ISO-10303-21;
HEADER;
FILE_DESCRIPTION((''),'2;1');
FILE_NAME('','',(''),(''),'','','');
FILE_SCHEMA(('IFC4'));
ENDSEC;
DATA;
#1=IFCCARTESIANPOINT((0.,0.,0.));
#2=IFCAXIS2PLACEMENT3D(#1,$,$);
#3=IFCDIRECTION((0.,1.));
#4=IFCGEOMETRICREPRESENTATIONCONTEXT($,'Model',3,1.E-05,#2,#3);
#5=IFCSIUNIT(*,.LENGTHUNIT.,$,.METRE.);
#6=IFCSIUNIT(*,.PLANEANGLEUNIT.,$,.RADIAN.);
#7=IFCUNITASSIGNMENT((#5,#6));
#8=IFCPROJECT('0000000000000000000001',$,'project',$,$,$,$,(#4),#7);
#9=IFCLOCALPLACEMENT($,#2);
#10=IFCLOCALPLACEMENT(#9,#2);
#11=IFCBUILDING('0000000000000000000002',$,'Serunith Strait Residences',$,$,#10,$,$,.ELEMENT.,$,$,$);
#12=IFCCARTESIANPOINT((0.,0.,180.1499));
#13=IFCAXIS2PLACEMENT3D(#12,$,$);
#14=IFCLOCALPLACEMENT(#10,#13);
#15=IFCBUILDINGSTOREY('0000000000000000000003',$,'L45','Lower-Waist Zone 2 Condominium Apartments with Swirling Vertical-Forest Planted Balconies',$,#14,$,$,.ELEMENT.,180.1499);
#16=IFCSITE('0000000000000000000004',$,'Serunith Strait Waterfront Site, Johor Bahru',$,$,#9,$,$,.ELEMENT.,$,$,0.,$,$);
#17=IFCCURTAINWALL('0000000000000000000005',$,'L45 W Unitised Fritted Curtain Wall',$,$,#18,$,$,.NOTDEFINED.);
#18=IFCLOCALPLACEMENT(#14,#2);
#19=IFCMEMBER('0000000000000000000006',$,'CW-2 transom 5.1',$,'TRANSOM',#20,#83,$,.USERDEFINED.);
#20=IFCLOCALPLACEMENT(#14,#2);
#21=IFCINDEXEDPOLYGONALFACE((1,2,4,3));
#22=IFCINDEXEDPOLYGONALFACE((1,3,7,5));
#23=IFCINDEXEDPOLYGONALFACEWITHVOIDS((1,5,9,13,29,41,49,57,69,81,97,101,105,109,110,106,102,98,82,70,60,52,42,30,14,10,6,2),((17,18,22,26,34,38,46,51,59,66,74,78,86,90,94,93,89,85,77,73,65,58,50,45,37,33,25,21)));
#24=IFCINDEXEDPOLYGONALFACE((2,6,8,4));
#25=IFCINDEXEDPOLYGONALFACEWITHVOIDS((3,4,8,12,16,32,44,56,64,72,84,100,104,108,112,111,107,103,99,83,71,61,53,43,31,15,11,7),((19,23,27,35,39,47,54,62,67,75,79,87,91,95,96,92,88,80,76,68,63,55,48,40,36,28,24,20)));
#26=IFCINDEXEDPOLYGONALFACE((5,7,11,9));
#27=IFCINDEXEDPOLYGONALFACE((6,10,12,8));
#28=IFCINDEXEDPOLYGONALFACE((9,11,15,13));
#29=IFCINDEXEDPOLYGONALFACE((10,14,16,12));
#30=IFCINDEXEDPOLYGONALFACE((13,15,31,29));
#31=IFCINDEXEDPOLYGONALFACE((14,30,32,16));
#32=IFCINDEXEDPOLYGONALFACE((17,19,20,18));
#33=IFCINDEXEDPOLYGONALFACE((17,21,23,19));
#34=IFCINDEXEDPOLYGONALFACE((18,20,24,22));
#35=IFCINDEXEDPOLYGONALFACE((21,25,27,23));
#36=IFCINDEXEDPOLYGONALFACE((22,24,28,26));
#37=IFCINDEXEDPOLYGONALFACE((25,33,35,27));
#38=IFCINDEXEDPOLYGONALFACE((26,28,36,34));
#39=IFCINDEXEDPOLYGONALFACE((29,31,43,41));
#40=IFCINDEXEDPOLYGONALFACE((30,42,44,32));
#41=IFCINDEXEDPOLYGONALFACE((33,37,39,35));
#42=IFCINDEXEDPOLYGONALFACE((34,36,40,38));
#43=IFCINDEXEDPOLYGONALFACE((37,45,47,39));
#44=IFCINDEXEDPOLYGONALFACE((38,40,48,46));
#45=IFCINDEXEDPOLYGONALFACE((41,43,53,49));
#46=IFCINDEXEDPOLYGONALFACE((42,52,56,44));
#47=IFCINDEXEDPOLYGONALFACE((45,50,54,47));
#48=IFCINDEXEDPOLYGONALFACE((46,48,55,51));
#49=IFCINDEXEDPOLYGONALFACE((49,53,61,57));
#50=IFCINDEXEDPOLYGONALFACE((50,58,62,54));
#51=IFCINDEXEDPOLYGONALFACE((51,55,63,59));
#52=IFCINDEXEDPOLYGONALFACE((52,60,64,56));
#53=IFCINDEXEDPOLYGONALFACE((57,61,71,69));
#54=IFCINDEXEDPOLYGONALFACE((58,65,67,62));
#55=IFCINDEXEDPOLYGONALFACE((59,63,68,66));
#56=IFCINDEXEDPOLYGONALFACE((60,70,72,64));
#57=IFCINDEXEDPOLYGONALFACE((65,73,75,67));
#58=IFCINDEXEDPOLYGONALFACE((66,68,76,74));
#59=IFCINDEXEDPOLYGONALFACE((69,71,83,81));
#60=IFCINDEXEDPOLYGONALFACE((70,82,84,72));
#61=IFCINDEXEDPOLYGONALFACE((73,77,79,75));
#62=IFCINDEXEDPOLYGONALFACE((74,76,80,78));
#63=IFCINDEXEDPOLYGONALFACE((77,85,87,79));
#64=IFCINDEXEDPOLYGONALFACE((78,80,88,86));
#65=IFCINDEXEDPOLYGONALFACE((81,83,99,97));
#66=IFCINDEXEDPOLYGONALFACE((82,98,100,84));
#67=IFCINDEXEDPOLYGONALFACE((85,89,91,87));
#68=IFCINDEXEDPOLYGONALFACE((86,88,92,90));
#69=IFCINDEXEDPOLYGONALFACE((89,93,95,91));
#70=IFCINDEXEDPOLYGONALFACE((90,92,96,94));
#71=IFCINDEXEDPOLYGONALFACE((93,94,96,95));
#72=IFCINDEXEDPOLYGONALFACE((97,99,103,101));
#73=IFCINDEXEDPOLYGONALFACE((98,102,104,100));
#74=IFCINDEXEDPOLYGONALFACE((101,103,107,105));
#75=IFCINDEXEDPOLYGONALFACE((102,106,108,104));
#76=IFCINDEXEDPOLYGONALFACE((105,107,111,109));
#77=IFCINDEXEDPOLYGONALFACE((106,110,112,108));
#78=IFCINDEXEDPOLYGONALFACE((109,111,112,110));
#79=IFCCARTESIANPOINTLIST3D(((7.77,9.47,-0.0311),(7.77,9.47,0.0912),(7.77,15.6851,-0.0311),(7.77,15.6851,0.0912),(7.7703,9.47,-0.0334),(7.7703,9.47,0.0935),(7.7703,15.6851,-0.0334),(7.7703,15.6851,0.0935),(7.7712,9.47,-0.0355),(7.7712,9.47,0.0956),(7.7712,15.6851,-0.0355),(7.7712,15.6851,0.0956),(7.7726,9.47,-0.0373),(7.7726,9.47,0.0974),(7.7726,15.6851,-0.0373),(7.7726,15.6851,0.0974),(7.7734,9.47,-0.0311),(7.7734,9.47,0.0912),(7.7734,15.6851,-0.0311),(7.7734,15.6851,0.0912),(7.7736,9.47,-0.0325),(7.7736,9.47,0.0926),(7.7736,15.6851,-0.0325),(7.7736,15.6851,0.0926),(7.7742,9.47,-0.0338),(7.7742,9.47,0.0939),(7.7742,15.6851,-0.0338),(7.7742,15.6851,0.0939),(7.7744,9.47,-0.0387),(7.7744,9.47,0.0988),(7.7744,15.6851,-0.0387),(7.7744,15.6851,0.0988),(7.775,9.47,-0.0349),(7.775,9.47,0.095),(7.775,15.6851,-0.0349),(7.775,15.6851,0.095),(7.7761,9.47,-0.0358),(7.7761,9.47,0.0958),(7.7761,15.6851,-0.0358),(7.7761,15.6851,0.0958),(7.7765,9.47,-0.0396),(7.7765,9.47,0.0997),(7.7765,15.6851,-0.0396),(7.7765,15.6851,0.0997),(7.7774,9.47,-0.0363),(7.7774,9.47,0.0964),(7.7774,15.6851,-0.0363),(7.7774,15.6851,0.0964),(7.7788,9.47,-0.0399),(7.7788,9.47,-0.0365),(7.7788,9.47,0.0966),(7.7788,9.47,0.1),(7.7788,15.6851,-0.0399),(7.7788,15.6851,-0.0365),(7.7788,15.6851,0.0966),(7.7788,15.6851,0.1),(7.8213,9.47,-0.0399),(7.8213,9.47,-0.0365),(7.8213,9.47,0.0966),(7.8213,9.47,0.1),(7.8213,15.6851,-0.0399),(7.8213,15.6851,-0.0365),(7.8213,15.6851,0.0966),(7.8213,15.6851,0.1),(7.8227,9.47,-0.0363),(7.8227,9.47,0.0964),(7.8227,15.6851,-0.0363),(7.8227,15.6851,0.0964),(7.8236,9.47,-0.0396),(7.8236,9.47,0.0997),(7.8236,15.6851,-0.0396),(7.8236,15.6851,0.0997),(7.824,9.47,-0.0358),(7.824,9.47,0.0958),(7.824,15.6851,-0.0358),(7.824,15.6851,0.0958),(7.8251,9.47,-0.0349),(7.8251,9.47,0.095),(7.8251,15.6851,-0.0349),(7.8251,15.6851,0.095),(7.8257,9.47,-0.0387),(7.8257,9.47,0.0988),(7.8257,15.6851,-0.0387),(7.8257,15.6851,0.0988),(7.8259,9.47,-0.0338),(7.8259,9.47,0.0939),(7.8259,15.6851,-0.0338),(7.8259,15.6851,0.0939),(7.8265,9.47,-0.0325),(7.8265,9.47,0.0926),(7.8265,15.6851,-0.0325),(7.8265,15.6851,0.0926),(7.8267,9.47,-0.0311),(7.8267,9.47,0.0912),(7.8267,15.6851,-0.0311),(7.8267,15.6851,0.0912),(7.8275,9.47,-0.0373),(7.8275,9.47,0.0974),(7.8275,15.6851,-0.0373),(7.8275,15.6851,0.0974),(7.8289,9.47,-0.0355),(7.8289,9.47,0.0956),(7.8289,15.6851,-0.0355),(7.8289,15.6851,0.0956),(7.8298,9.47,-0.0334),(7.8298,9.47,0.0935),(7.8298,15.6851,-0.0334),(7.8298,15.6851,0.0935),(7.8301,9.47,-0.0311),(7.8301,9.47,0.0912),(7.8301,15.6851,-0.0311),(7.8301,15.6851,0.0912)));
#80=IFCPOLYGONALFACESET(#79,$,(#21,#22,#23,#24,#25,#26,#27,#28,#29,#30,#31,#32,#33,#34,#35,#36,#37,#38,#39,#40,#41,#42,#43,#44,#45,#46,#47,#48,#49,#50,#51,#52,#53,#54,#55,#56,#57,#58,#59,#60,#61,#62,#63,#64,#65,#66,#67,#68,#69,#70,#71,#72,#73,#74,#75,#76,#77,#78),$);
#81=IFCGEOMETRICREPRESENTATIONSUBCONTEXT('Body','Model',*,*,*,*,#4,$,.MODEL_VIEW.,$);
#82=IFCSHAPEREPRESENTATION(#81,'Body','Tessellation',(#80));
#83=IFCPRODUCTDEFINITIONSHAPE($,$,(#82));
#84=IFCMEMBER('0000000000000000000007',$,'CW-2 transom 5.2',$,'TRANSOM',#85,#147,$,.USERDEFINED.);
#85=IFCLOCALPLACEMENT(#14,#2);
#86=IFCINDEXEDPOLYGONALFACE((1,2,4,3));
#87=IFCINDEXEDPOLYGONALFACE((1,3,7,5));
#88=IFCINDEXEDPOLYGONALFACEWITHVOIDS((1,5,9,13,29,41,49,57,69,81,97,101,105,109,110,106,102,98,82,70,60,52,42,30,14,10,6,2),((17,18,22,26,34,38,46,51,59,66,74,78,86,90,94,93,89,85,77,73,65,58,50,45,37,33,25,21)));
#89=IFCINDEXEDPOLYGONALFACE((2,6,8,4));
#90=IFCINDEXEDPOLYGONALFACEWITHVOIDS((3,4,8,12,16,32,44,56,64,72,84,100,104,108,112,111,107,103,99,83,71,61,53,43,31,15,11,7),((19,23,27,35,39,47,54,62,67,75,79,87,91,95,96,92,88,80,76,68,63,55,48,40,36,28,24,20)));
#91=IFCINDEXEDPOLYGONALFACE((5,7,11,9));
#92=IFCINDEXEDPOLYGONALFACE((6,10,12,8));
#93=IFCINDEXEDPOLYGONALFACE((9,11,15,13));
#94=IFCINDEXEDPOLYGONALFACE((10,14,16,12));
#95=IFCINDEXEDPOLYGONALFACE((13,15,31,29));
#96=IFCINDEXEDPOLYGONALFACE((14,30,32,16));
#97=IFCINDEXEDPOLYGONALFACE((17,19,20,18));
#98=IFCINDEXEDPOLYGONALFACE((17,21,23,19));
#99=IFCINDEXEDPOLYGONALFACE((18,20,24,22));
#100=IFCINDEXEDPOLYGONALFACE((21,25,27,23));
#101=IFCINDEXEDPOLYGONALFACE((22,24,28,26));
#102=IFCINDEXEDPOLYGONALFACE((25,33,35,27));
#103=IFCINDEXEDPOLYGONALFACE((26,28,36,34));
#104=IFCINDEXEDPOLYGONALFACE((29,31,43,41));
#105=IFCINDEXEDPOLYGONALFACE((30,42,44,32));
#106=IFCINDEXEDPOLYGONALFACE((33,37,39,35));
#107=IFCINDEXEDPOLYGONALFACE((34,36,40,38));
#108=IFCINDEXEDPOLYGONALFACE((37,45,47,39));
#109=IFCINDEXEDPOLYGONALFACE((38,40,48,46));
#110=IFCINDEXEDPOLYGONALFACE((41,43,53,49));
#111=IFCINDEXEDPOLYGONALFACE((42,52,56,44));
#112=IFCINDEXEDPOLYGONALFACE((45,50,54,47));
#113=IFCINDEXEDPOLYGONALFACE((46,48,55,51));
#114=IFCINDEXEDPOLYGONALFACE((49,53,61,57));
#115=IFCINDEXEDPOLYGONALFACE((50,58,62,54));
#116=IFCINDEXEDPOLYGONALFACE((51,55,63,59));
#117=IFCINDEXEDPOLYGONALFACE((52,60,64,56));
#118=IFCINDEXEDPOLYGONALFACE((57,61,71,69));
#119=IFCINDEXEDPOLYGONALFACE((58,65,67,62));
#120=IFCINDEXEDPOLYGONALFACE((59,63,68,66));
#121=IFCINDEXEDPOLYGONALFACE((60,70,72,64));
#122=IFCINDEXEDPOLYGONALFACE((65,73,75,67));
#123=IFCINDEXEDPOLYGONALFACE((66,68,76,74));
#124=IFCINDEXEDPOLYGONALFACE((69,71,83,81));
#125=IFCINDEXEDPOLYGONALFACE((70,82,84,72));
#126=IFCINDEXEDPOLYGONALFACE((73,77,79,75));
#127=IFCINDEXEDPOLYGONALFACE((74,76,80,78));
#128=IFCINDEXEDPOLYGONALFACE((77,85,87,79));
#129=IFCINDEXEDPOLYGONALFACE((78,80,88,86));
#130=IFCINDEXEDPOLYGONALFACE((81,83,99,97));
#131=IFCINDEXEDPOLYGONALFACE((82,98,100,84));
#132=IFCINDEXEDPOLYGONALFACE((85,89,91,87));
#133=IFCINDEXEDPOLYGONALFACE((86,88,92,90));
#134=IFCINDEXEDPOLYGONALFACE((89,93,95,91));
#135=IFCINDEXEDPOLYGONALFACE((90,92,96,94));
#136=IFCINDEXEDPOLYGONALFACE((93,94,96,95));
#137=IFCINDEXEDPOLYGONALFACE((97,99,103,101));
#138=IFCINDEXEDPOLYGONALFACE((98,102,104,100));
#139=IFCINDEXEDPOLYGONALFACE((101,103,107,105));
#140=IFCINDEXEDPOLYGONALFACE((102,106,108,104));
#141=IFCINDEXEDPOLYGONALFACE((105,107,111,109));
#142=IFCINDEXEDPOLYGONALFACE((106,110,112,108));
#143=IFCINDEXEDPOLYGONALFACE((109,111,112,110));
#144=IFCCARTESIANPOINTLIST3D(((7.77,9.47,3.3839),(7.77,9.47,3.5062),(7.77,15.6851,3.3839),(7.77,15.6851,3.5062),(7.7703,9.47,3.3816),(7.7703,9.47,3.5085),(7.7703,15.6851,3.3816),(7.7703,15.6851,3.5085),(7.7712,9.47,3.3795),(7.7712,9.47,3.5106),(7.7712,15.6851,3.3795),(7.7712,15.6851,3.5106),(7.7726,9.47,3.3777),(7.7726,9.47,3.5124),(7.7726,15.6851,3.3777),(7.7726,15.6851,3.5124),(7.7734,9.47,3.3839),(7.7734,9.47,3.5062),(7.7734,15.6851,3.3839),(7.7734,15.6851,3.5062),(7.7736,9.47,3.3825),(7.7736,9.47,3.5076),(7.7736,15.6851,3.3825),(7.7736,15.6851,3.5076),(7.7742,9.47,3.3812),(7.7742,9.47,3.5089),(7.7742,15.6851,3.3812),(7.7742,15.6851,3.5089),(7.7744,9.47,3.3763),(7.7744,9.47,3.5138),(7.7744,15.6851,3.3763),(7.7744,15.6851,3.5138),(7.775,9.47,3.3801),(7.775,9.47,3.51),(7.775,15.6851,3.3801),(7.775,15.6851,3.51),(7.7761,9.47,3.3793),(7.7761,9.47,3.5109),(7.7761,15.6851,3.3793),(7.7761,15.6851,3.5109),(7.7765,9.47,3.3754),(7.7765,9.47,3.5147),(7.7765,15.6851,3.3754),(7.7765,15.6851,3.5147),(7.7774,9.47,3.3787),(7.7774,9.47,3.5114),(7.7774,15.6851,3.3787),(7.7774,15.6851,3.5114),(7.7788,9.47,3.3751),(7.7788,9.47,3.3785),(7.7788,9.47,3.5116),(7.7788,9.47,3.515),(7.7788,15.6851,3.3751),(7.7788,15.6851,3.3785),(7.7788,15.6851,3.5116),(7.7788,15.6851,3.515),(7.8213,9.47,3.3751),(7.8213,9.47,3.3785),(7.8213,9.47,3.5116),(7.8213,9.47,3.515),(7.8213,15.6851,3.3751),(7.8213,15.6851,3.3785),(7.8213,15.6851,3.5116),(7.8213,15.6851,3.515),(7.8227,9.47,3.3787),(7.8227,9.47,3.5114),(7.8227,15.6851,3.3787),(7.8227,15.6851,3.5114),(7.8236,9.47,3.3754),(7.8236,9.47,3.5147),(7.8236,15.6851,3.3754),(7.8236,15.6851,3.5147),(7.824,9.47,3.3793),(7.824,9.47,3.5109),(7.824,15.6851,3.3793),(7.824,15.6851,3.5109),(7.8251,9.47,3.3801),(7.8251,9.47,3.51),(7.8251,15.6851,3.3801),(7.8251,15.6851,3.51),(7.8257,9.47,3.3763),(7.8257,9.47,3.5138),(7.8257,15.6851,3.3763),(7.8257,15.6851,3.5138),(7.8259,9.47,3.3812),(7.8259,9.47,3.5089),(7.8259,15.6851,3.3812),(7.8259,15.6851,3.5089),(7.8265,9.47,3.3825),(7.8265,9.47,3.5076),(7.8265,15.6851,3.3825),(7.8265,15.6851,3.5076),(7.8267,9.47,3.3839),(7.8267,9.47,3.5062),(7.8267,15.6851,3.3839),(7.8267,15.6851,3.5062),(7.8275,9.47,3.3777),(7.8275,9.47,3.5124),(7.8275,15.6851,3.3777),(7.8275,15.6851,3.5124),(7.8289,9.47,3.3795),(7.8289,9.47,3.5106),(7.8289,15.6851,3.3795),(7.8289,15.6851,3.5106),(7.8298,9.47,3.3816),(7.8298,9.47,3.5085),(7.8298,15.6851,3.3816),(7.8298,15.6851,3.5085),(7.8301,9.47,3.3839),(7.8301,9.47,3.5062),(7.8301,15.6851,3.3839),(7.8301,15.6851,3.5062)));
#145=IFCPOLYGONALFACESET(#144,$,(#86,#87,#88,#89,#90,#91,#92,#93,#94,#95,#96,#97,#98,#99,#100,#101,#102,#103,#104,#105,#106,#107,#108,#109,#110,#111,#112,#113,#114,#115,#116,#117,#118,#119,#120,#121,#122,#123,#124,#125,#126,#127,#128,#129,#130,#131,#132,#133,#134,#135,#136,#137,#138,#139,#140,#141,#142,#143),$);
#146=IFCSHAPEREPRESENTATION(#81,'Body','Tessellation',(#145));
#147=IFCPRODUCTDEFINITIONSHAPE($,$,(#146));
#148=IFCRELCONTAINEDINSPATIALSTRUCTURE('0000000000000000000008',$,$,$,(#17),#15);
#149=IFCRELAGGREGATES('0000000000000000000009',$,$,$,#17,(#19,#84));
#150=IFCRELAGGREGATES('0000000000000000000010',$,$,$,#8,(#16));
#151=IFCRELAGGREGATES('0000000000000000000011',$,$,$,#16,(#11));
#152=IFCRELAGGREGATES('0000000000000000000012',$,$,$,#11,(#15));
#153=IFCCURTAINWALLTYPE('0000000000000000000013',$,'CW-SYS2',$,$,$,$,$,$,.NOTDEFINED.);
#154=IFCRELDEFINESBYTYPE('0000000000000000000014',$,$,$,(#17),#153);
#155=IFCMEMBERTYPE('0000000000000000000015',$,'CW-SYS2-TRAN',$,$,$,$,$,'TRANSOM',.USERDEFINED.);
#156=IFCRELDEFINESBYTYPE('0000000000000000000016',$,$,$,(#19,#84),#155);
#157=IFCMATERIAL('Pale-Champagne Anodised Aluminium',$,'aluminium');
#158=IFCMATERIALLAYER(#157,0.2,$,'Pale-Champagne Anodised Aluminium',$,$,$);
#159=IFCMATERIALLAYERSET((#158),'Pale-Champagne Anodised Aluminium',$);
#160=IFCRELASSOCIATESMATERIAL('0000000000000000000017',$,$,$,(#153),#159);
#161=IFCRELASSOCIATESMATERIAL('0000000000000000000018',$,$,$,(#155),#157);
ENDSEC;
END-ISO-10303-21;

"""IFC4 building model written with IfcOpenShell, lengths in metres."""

from ifc_helpers import new_model, si_unit, direction, frame, origin, origin_2d, place, context, subcontext, project, spatial, hollow_rectangle, extrude, source, transform, mapped, material, layer, layer_set, material_profile, profile_set, type_object, element, aggregate, save


model = new_model("IFC4")

# Units and contexts
model_context = context("Model", 3, precision=1e-05, world=origin(), true_north=direction((0.0, 1.0)))
body_context = subcontext(model_context, "Body", "Model", "MODEL_VIEW")
ifc_project = project(units=[si_unit("LENGTHUNIT", "METRE"), si_unit("PLANEANGLEUNIT", "RADIAN")], contexts=[model_context])

# Site, building, storey
site_placement = place(None, origin())
site = spatial("IfcSite", under=ifc_project, at=site_placement, Name="Serunith Strait Waterfront Site, Johor Bahru", CompositionType="ELEMENT", RefElevation=0.0)
building_placement = place(site_placement, origin())
building = spatial("IfcBuilding", under=site, at=building_placement, Name="Serunith Strait Residences", CompositionType="ELEMENT")
storey_placement = place(building_placement, frame((0.0, 0.0, 180.1499)))
storey = spatial("IfcBuildingStorey", under=building, at=storey_placement, Name="L45", Description="Lower-Waist Zone 2 Condominium Apartments with Swirling Vertical-Forest Planted Balconies", CompositionType="ELEMENT", Elevation=180.1499)

# Curtain wall, members
ifc_material_1 = material(Name="Pale-Champagne Anodised Aluminium", Category="aluminium")
ifc_layer_1 = layer(ifc_material_1, 0.2, Name="Pale-Champagne Anodised Aluminium")
ifc_layer_set_1 = layer_set([ifc_layer_1], Name="Pale-Champagne Anodised Aluminium")
curtain_wall_type = type_object("IfcCurtainWallType", Name="CW-SYS2", PredefinedType="NOTDEFINED", material=ifc_layer_set_1)
curtain_wall_placement = place(storey_placement, origin())
curtain_wall = element("IfcCurtainWall", 1, at=curtain_wall_placement, inside=storey, type_object=curtain_wall_type, Name="L45 W Unitised Fritted Curtain Wall", PredefinedType="NOTDEFINED")
ifc_material_profile_1 = material_profile(ifc_material_1, hollow_rectangle(XDim=0.0601, YDim=0.1399, WallThickness=0.0034, InnerFilletRadius=0.0054, OuterFilletRadius=0.0088, at=origin_2d()), Name="ALU 140x60x3.5")
ifc_profile_set_1 = profile_set([ifc_material_profile_1], Name="Pale-Champagne Anodised Aluminium")
member_type_1 = type_object("IfcMemberType", Name="CW-SYS2-TRAN", ElementType="TRANSOM", PredefinedType="USERDEFINED", material=ifc_profile_set_1)
shared_shape_1 = source(origin(), body_context, "Body", "SweptSolid", [
    extrude(hollow_rectangle(XDim=0.0601, YDim=0.1399, WallThickness=0.0034, InnerFilletRadius=0.0054, OuterFilletRadius=0.0088, at=origin_2d()), origin(), (0.0, 0.0, 1.0), 6.2151),
])
member_1_placement = place(storey_placement, frame((7.8, 15.6851, 0.03), z_axis=(0.0, -1.0, 0.0), x_axis=(1.0, 0.0, 0.0)))
member_1 = element("IfcMember", 2, at=member_1_placement, type_object=member_type_1, Name="CW-2 transom 5.1", ObjectType="TRANSOM", PredefinedType="USERDEFINED", context=body_context, shape_type="MappedRepresentation", body=[
    mapped(shared_shape_1, transform((0.0, 0.0, 0.0), scale=1.0)),
])
member_2_placement = place(storey_placement, frame((7.8, 15.6851, 3.4451), z_axis=(0.0, -1.0, 0.0), x_axis=(1.0, 0.0, 0.0)))
member_2 = element("IfcMember", 3, at=member_2_placement, type_object=member_type_1, Name="CW-2 transom 5.2", ObjectType="TRANSOM", PredefinedType="USERDEFINED", context=body_context, shape_type="MappedRepresentation", body=[
    mapped(shared_shape_1, transform((0.0, 0.0, 0.0), scale=1.0)),
])
aggregate(curtain_wall, [member_1, member_2])

save(model, "model.ifc")
